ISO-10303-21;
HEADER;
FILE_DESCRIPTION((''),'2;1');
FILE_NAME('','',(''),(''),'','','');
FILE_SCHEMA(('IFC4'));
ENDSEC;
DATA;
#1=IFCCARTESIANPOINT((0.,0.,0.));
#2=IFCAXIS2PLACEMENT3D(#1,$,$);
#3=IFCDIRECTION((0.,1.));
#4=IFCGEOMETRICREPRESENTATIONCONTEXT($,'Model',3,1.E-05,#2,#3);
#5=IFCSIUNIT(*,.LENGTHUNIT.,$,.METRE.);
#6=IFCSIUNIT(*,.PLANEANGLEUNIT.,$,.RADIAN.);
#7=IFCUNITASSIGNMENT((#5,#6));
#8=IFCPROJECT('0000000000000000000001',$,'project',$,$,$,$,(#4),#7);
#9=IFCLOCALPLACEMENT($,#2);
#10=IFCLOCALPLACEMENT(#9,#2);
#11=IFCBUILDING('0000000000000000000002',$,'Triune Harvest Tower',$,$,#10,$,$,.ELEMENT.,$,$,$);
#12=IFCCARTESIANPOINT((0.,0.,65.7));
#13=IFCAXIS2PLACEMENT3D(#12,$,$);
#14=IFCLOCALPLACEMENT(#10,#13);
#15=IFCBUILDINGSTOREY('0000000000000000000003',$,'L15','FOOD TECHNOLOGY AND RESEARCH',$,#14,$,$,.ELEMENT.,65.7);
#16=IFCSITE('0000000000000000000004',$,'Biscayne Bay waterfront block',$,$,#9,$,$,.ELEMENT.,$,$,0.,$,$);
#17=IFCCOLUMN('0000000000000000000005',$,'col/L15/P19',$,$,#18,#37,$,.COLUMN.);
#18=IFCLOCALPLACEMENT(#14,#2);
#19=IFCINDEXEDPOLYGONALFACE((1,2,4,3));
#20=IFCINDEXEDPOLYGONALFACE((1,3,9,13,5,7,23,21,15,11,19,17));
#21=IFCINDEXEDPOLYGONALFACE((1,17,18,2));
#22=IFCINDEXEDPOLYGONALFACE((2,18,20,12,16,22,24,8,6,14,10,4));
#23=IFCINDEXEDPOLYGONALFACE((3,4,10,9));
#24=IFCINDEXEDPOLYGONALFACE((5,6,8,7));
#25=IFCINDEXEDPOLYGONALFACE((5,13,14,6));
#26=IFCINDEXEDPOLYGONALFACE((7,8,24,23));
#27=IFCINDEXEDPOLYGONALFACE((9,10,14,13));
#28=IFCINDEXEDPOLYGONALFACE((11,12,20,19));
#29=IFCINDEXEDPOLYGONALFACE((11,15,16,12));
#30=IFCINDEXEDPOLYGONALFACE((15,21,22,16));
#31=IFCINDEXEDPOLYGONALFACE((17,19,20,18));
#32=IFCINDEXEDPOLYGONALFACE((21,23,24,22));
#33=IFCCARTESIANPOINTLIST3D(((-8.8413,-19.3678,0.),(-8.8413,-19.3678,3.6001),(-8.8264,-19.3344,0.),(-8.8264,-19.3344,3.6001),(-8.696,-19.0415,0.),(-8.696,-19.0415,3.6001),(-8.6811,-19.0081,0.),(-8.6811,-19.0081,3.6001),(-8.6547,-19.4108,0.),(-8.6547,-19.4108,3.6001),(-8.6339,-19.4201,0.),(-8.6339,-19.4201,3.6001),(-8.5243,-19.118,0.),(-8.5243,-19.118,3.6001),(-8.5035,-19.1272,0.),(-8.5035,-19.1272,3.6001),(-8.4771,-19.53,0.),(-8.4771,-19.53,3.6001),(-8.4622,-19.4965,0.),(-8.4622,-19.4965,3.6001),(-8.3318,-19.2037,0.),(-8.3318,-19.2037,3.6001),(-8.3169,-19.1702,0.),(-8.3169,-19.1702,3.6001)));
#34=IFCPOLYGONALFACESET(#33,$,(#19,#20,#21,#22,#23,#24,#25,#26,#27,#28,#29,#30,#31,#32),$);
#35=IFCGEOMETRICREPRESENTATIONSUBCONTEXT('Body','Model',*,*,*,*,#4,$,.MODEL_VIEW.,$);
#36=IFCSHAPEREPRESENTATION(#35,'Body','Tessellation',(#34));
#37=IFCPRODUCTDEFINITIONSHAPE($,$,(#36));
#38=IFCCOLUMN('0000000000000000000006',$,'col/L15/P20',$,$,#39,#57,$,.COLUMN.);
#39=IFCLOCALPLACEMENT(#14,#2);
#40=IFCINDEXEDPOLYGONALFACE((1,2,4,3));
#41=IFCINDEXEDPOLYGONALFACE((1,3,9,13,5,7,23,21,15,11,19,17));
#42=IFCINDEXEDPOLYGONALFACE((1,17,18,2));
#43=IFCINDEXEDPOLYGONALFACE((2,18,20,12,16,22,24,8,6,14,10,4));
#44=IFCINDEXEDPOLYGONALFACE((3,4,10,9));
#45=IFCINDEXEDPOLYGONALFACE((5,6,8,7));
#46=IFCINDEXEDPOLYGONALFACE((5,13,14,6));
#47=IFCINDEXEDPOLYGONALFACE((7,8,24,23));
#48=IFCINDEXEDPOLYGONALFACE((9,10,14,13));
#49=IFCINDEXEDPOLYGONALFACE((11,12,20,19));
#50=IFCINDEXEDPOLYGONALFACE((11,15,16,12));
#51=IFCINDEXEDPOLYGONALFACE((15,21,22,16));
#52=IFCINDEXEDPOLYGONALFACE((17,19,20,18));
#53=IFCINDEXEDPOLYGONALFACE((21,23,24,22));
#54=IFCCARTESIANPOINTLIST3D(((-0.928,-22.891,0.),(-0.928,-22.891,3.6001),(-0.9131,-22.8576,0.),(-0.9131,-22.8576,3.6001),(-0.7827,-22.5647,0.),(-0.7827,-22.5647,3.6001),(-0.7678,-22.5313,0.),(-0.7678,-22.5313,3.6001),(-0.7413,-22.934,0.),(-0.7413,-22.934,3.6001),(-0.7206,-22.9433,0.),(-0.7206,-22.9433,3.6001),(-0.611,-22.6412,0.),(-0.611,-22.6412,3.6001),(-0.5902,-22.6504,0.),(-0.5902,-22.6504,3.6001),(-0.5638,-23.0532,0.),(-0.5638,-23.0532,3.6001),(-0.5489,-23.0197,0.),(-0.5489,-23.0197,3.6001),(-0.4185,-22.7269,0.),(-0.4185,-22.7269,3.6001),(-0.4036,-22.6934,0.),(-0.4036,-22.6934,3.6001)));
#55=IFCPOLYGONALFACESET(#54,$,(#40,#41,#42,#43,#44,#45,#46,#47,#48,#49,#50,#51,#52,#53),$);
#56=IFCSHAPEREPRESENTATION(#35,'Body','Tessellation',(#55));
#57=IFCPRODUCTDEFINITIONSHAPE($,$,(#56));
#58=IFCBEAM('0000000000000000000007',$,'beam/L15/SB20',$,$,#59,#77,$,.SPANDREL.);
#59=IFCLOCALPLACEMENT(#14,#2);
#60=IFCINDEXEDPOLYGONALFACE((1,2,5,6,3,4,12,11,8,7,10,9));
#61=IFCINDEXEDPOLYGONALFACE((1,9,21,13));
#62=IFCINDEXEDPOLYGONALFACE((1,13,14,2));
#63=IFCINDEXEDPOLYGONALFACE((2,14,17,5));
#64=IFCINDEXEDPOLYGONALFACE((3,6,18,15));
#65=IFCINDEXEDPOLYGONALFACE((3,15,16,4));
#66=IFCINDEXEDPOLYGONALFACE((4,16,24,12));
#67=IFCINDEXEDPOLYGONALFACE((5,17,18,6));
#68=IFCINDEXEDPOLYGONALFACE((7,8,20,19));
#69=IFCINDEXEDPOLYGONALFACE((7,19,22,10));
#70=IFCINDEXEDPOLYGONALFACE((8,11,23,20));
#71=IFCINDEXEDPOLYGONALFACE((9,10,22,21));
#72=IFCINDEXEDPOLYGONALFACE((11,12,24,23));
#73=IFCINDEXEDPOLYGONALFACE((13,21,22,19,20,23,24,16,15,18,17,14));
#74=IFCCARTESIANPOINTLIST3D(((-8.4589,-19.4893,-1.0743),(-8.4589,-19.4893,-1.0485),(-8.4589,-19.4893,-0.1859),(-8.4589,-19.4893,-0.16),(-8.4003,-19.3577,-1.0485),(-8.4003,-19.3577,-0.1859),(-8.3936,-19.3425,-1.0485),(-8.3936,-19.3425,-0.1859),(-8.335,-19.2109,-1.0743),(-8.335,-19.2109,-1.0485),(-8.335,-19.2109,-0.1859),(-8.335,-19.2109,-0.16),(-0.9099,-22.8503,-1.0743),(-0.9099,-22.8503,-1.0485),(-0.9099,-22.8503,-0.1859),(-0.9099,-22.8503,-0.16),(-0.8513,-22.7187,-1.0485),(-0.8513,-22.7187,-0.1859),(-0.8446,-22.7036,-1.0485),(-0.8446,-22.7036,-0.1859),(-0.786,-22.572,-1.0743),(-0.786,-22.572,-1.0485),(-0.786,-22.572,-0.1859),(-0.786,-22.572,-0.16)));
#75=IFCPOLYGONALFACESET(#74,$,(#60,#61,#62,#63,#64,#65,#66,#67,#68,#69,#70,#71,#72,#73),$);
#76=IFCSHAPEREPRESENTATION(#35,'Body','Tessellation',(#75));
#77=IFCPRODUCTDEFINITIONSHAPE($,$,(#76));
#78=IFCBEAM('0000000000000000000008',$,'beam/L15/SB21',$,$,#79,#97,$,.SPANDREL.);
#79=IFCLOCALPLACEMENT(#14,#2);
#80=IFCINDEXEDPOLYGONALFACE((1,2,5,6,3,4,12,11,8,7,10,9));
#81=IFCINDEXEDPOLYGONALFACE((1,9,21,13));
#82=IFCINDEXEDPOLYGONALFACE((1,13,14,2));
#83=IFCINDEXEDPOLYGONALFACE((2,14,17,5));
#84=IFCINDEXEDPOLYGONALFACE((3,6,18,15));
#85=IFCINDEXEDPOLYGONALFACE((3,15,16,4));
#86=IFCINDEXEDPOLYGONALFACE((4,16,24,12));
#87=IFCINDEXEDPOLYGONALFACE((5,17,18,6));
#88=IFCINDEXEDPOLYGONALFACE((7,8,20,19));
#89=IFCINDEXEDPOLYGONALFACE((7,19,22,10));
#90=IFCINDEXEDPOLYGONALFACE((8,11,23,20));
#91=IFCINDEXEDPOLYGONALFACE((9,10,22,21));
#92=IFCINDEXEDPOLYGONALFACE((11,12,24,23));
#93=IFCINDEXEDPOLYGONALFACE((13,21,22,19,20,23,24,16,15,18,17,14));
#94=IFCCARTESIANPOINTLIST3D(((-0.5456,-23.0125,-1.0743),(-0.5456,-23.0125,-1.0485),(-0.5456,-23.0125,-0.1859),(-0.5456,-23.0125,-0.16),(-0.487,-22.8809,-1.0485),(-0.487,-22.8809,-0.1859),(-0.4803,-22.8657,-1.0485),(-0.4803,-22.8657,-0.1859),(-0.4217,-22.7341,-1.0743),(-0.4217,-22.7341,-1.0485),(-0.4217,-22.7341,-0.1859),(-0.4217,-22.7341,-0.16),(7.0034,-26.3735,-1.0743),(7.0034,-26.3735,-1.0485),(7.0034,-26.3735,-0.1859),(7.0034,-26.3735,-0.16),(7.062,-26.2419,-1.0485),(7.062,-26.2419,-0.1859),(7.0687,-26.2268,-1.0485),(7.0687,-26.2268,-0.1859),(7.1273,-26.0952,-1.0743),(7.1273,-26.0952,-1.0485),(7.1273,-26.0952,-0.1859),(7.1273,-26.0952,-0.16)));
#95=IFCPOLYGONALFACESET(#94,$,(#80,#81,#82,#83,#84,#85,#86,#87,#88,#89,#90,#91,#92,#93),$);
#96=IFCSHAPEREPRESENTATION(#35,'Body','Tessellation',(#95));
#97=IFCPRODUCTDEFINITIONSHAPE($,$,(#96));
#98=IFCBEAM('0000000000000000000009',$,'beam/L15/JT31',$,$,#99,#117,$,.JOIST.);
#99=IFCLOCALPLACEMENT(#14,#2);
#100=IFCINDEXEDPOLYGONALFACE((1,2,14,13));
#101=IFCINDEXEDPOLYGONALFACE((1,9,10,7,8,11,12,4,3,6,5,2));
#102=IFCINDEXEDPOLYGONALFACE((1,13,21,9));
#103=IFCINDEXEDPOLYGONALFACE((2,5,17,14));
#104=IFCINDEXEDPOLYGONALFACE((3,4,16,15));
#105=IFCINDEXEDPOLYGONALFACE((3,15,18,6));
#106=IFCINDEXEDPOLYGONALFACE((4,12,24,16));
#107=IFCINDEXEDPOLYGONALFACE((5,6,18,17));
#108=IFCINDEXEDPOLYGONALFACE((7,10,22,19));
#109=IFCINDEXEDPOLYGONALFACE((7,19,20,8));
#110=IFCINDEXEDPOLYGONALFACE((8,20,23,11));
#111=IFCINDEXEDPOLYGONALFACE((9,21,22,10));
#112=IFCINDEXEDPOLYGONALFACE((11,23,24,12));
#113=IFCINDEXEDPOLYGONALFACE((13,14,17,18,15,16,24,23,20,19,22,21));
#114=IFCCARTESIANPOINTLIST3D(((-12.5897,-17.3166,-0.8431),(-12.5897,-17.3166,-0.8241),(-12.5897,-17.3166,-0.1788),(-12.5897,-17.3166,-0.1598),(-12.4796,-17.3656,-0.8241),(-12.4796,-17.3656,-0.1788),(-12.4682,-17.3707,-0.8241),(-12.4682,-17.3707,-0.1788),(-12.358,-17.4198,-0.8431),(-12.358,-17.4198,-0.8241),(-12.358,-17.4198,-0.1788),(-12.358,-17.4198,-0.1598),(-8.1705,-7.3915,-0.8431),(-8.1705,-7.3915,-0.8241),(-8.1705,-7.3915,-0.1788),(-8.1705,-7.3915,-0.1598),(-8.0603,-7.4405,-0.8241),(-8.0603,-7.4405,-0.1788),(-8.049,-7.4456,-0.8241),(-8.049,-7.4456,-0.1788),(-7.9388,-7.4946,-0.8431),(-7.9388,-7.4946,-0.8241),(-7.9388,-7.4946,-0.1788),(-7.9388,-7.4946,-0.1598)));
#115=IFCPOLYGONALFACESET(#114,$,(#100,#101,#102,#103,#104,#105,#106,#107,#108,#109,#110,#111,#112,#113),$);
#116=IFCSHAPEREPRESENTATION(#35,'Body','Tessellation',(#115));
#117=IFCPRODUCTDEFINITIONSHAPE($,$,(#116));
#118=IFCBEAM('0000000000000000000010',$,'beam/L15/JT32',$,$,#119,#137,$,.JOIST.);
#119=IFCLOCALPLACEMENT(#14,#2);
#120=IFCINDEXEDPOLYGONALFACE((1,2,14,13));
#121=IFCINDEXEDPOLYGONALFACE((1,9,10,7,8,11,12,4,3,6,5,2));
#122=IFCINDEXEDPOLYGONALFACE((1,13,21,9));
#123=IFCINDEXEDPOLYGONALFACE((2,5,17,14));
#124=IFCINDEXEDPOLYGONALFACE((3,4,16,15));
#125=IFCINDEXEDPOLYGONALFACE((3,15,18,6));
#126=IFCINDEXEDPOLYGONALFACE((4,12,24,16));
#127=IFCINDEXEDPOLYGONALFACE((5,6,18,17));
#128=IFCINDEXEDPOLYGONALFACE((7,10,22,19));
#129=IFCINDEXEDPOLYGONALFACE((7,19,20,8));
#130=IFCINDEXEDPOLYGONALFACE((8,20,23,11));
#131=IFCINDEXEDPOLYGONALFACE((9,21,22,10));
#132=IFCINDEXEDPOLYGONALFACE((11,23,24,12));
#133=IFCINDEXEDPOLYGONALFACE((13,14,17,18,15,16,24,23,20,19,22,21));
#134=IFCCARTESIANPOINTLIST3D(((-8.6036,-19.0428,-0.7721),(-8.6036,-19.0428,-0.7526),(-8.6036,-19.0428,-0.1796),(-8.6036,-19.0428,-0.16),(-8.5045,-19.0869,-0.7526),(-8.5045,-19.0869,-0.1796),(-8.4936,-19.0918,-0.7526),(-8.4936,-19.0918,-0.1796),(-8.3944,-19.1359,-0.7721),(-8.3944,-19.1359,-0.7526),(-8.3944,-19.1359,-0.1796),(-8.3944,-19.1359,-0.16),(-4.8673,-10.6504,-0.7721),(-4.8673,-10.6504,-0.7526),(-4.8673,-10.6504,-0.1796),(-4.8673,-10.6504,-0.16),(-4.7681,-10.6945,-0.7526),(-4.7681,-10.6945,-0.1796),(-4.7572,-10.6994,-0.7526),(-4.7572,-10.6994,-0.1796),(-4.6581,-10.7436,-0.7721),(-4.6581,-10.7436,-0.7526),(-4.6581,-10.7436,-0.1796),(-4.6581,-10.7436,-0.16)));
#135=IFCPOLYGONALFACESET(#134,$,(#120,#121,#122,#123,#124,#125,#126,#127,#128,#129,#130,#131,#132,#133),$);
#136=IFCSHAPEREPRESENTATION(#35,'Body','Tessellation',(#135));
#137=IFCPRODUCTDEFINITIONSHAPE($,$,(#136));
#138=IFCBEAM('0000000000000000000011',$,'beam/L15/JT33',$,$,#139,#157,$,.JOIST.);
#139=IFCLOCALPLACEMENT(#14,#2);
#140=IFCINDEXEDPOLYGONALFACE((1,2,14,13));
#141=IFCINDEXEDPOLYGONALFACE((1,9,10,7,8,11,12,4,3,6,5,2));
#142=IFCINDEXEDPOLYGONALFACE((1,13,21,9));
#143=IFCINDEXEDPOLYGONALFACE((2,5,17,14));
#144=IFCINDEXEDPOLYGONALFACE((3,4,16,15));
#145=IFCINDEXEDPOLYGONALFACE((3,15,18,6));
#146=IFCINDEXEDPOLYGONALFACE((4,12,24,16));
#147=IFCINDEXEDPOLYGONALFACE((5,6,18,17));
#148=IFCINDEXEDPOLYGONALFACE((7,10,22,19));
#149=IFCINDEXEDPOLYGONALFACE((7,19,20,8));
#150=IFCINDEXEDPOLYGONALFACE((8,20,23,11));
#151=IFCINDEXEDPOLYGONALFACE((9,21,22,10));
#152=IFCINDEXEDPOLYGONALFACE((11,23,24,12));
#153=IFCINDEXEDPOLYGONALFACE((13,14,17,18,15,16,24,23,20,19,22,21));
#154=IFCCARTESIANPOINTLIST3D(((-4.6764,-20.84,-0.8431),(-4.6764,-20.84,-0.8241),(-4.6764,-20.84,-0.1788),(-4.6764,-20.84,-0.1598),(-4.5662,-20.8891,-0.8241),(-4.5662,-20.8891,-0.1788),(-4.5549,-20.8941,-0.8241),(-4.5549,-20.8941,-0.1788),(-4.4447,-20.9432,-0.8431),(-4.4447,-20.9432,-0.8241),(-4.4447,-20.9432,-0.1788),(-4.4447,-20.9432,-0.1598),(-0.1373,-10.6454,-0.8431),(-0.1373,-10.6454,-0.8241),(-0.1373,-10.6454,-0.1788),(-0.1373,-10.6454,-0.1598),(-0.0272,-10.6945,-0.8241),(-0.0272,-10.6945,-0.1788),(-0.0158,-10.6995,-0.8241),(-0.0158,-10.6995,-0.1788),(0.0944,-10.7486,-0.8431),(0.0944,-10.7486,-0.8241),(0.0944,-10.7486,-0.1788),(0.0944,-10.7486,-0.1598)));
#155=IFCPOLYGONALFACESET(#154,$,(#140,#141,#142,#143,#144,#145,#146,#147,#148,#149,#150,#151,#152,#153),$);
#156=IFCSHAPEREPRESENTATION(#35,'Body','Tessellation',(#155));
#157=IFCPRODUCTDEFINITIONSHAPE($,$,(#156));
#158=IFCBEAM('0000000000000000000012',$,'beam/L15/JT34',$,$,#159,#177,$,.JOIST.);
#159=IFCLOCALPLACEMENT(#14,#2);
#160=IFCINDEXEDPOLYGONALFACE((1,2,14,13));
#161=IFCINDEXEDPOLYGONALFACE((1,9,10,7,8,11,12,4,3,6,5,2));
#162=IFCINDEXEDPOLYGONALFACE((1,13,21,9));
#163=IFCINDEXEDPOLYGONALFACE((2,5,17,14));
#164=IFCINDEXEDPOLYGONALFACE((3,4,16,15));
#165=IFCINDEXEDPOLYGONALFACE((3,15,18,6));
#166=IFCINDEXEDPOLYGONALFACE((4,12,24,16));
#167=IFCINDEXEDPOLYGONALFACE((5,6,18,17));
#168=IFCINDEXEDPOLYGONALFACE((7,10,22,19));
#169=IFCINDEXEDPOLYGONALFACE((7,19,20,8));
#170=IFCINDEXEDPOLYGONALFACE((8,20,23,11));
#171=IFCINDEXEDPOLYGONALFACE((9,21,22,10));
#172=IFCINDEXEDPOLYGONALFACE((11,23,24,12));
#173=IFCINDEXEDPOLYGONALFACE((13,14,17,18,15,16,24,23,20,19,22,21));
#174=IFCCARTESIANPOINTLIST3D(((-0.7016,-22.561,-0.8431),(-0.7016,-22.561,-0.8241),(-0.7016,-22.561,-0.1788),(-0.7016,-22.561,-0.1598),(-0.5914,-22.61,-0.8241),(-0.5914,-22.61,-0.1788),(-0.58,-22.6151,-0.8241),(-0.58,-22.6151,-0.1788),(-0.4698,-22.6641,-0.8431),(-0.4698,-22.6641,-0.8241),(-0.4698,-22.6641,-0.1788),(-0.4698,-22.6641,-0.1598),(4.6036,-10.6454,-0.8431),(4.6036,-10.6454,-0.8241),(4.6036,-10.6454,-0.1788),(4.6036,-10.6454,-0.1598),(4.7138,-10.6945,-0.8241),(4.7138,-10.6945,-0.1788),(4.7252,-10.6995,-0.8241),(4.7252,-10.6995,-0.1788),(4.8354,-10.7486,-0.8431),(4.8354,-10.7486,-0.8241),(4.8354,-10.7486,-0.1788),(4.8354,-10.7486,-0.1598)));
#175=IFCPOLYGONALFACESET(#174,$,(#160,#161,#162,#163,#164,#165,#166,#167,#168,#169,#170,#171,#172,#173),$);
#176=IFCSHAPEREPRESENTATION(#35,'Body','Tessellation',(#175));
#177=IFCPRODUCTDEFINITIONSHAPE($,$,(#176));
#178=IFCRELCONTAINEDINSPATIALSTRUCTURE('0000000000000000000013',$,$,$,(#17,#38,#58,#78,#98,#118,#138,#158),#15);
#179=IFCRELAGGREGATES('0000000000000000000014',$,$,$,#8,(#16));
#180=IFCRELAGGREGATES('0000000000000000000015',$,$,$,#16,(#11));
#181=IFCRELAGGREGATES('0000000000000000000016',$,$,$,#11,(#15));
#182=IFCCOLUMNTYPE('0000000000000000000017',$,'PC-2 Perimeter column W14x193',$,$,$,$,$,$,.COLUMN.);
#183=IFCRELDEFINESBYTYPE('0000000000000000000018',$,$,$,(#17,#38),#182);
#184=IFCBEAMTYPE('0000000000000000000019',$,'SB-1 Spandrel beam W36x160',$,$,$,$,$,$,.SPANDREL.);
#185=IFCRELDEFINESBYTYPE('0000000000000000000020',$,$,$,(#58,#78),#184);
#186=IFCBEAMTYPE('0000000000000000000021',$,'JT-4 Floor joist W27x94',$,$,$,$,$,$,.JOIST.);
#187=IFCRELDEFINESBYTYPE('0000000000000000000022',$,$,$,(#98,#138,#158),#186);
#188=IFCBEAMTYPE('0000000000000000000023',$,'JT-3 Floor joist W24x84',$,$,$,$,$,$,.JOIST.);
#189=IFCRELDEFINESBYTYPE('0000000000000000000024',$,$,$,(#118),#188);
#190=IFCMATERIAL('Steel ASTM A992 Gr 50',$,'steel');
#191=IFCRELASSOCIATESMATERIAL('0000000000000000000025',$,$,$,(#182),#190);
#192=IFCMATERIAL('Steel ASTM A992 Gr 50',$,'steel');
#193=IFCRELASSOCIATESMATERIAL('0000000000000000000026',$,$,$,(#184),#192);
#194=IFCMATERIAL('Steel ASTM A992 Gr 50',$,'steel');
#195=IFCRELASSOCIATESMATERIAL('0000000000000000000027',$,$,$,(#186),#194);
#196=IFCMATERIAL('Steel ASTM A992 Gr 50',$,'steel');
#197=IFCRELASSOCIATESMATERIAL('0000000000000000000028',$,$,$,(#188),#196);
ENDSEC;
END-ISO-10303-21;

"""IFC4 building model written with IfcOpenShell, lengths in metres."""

from ifc_helpers import new_model, si_unit, direction, frame, origin, origin_2d, place, context, subcontext, project, spatial, i_section, extrude, source, transform, mapped, material, material_profile, profile_set, type_object, element, save


model = new_model("IFC4")

# Units and contexts
model_context = context("Model", 3, precision=1e-05, world=origin(), true_north=direction((0.0, 1.0)))
body_context = subcontext(model_context, "Body", "Model", "MODEL_VIEW")
ifc_project = project(units=[si_unit("LENGTHUNIT", "METRE"), si_unit("PLANEANGLEUNIT", "RADIAN")], contexts=[model_context])

# Site, building, storey
site_placement = place(None, origin())
site = spatial("IfcSite", under=ifc_project, at=site_placement, Name="Biscayne Bay waterfront block", CompositionType="ELEMENT", RefElevation=0.0)
building_placement = place(site_placement, origin())
building = spatial("IfcBuilding", under=site, at=building_placement, Name="Triune Harvest Tower", CompositionType="ELEMENT")
storey_placement = place(building_placement, frame((0.0, 0.0, 65.7)))
storey = spatial("IfcBuildingStorey", under=building, at=storey_placement, Name="L15", Description="FOOD TECHNOLOGY AND RESEARCH", CompositionType="ELEMENT", Elevation=65.7)

# Columns
ifc_material_1 = material(Name="Steel ASTM A992 Gr 50", Category="steel")
ifc_material_profile_1 = material_profile(ifc_material_1, i_section(OverallWidth=0.3987, OverallDepth=0.3938, WebThickness=0.0227, FlangeThickness=0.0366, at=origin_2d()), Name="W14x193")
ifc_profile_set_1 = profile_set([ifc_material_profile_1], Name="Steel ASTM A992 Gr 50")
column_type = type_object("IfcColumnType", Name="PC-2 Perimeter column W14x193", PredefinedType="COLUMN", material=ifc_profile_set_1)
shared_shape_1 = source(origin(), body_context, "Body", "SweptSolid", [
    extrude(i_section(OverallWidth=0.3987, OverallDepth=0.3938, WebThickness=0.0227, FlangeThickness=0.0366, at=origin_2d()), origin(), (0.0, 0.0, 1.0), 3.6001),
])
for number, where, z_axis, x_axis, name in (
    (1, (-8.5791, -19.269, 0.0), (0.0, 0.0, 1.0), (0.913545, -0.406737, 0.0), "col/L15/P19"),
    (2, (-0.6658, -22.7922, 0.0), (0.0, 0.0, 1.0), (0.913545, -0.406737, 0.0), "col/L15/P20"),
):
    element("IfcColumn", number, at=place(storey_placement, frame(where, z_axis=z_axis, x_axis=x_axis)), inside=storey, type_object=column_type, Name=name, PredefinedType="COLUMN", context=body_context, shape_type="MappedRepresentation", body=[
        mapped(shared_shape_1, transform((0.0, 0.0, 0.0), scale=1.0)),
    ])

# Beams
ifc_material_2 = material(Name="Steel ASTM A992 Gr 50", Category="steel")
ifc_material_profile_2 = material_profile(ifc_material_2, i_section(OverallWidth=0.3047, OverallDepth=0.9143, WebThickness=0.0166, FlangeThickness=0.0259, at=origin_2d()), Name="W36x160")
ifc_profile_set_2 = profile_set([ifc_material_profile_2], Name="Steel ASTM A992 Gr 50")
beam_type_1 = type_object("IfcBeamType", Name="SB-1 Spandrel beam W36x160", PredefinedType="SPANDREL", material=ifc_profile_set_2)
shared_shape_2 = source(origin(), body_context, "Body", "SweptSolid", [
    extrude(i_section(OverallWidth=0.3047, OverallDepth=0.9143, WebThickness=0.0166, FlangeThickness=0.0259, at=origin_2d()), origin(), (0.0, 0.0, 1.0), 8.2634),
])
for number, where, z_axis, x_axis, name in (
    (3, (-8.397, -19.3501, -0.6172), (0.913545, -0.406739, 0.0), (0.406739, 0.913545, 0.0), "beam/L15/SB20"),
    (4, (-0.4836, -22.8733, -0.6172), (0.913545, -0.406739, 0.0), (0.406739, 0.913545, 0.0), "beam/L15/SB21"),
):
    element("IfcBeam", number, at=place(storey_placement, frame(where, z_axis=z_axis, x_axis=x_axis)), inside=storey, type_object=beam_type_1, Name=name, PredefinedType="SPANDREL", context=body_context, shape_type="MappedRepresentation", body=[
        mapped(shared_shape_2, transform((0.0, 0.0, 0.0), scale=1.0)),
    ])
ifc_material_3 = material(Name="Steel ASTM A992 Gr 50", Category="steel")
ifc_material_profile_3 = material_profile(ifc_material_3, i_section(OverallWidth=0.2537, OverallDepth=0.6833, WebThickness=0.0125, FlangeThickness=0.019, at=origin_2d()), Name="W27x94")
ifc_profile_set_3 = profile_set([ifc_material_profile_3], Name="Steel ASTM A992 Gr 50")
beam_type_2 = type_object("IfcBeamType", Name="JT-4 Floor joist W27x94", PredefinedType="JOIST", material=ifc_profile_set_3)
shared_shape_3 = source(origin(), body_context, "Body", "SweptSolid", [
    extrude(i_section(OverallWidth=0.2537, OverallDepth=0.6833, WebThickness=0.0125, FlangeThickness=0.019, at=origin_2d()), origin(), (0.0, 0.0, 1.0), 10.8645),
])
beam_1_placement = place(storey_placement, frame((-12.4739, -17.3682, -0.5015), z_axis=(0.406758, 0.913536, 0.0), x_axis=(-0.913536, 0.406758, 0.0)))
element("IfcBeam", 5, at=beam_1_placement, inside=storey, type_object=beam_type_2, Name="beam/L15/JT31", PredefinedType="JOIST", context=body_context, shape_type="MappedRepresentation", body=[
    mapped(shared_shape_3, transform((0.0, 0.0, 0.0), scale=1.0)),
])
ifc_material_4 = material(Name="Steel ASTM A992 Gr 50", Category="steel")
ifc_material_profile_4 = material_profile(ifc_material_4, i_section(OverallWidth=0.229, OverallDepth=0.6121, WebThickness=0.012, FlangeThickness=0.0195, at=origin_2d()), Name="W24x84")
ifc_profile_set_4 = profile_set([ifc_material_profile_4], Name="Steel ASTM A992 Gr 50")
beam_type_3 = type_object("IfcBeamType", Name="JT-3 Floor joist W24x84", PredefinedType="JOIST", material=ifc_profile_set_4)
shared_shape_4 = source(origin(), body_context, "Body", "SweptSolid", [
    extrude(i_section(OverallWidth=0.229, OverallDepth=0.6121, WebThickness=0.012, FlangeThickness=0.0195, at=origin_2d()), origin(), (0.0, 0.0, 1.0), 9.1865),
])
beam_2_placement = place(storey_placement, frame((-8.499, -19.0894, -0.4661), z_axis=(0.40672, 0.913553, 0.0), x_axis=(-0.913553, 0.40672, 0.0)))
element("IfcBeam", 6, at=beam_2_placement, inside=storey, type_object=beam_type_3, Name="beam/L15/JT32", PredefinedType="JOIST", context=body_context, shape_type="MappedRepresentation", body=[
    mapped(shared_shape_4, transform((0.0, 0.0, 0.0), scale=1.0)),
])
shared_shape_5 = source(origin(), body_context, "Body", "SweptSolid", [
    extrude(i_section(OverallWidth=0.2537, OverallDepth=0.6833, WebThickness=0.0125, FlangeThickness=0.019, at=origin_2d()), origin(), (0.0, 0.0, 1.0), 11.1594),
])
beam_3_placement = place(storey_placement, frame((-4.5605, -20.8916, -0.5015), z_axis=(0.406747, 0.913541, 0.0), x_axis=(-0.913541, 0.406747, 0.0)))
element("IfcBeam", 7, at=beam_3_placement, inside=storey, type_object=beam_type_2, Name="beam/L15/JT33", PredefinedType="JOIST", context=body_context, shape_type="MappedRepresentation", body=[
    mapped(shared_shape_5, transform((0.0, 0.0, 0.0), scale=1.0)),
])
shared_shape_6 = source(origin(), body_context, "Body", "SweptSolid", [
    extrude(i_section(OverallWidth=0.2537, OverallDepth=0.6833, WebThickness=0.0125, FlangeThickness=0.019, at=origin_2d()), origin(), (0.0, 0.0, 1.0), 13.0432),
])
beam_4_placement = place(storey_placement, frame((-0.5857, -22.6125, -0.5015), z_axis=(0.406739, 0.913544, 0.0), x_axis=(-0.913544, 0.406739, 0.0)))
element("IfcBeam", 8, at=beam_4_placement, inside=storey, type_object=beam_type_2, Name="beam/L15/JT34", PredefinedType="JOIST", context=body_context, shape_type="MappedRepresentation", body=[
    mapped(shared_shape_6, transform((0.0, 0.0, 0.0), scale=1.0)),
])

save(model, "model.ifc")
